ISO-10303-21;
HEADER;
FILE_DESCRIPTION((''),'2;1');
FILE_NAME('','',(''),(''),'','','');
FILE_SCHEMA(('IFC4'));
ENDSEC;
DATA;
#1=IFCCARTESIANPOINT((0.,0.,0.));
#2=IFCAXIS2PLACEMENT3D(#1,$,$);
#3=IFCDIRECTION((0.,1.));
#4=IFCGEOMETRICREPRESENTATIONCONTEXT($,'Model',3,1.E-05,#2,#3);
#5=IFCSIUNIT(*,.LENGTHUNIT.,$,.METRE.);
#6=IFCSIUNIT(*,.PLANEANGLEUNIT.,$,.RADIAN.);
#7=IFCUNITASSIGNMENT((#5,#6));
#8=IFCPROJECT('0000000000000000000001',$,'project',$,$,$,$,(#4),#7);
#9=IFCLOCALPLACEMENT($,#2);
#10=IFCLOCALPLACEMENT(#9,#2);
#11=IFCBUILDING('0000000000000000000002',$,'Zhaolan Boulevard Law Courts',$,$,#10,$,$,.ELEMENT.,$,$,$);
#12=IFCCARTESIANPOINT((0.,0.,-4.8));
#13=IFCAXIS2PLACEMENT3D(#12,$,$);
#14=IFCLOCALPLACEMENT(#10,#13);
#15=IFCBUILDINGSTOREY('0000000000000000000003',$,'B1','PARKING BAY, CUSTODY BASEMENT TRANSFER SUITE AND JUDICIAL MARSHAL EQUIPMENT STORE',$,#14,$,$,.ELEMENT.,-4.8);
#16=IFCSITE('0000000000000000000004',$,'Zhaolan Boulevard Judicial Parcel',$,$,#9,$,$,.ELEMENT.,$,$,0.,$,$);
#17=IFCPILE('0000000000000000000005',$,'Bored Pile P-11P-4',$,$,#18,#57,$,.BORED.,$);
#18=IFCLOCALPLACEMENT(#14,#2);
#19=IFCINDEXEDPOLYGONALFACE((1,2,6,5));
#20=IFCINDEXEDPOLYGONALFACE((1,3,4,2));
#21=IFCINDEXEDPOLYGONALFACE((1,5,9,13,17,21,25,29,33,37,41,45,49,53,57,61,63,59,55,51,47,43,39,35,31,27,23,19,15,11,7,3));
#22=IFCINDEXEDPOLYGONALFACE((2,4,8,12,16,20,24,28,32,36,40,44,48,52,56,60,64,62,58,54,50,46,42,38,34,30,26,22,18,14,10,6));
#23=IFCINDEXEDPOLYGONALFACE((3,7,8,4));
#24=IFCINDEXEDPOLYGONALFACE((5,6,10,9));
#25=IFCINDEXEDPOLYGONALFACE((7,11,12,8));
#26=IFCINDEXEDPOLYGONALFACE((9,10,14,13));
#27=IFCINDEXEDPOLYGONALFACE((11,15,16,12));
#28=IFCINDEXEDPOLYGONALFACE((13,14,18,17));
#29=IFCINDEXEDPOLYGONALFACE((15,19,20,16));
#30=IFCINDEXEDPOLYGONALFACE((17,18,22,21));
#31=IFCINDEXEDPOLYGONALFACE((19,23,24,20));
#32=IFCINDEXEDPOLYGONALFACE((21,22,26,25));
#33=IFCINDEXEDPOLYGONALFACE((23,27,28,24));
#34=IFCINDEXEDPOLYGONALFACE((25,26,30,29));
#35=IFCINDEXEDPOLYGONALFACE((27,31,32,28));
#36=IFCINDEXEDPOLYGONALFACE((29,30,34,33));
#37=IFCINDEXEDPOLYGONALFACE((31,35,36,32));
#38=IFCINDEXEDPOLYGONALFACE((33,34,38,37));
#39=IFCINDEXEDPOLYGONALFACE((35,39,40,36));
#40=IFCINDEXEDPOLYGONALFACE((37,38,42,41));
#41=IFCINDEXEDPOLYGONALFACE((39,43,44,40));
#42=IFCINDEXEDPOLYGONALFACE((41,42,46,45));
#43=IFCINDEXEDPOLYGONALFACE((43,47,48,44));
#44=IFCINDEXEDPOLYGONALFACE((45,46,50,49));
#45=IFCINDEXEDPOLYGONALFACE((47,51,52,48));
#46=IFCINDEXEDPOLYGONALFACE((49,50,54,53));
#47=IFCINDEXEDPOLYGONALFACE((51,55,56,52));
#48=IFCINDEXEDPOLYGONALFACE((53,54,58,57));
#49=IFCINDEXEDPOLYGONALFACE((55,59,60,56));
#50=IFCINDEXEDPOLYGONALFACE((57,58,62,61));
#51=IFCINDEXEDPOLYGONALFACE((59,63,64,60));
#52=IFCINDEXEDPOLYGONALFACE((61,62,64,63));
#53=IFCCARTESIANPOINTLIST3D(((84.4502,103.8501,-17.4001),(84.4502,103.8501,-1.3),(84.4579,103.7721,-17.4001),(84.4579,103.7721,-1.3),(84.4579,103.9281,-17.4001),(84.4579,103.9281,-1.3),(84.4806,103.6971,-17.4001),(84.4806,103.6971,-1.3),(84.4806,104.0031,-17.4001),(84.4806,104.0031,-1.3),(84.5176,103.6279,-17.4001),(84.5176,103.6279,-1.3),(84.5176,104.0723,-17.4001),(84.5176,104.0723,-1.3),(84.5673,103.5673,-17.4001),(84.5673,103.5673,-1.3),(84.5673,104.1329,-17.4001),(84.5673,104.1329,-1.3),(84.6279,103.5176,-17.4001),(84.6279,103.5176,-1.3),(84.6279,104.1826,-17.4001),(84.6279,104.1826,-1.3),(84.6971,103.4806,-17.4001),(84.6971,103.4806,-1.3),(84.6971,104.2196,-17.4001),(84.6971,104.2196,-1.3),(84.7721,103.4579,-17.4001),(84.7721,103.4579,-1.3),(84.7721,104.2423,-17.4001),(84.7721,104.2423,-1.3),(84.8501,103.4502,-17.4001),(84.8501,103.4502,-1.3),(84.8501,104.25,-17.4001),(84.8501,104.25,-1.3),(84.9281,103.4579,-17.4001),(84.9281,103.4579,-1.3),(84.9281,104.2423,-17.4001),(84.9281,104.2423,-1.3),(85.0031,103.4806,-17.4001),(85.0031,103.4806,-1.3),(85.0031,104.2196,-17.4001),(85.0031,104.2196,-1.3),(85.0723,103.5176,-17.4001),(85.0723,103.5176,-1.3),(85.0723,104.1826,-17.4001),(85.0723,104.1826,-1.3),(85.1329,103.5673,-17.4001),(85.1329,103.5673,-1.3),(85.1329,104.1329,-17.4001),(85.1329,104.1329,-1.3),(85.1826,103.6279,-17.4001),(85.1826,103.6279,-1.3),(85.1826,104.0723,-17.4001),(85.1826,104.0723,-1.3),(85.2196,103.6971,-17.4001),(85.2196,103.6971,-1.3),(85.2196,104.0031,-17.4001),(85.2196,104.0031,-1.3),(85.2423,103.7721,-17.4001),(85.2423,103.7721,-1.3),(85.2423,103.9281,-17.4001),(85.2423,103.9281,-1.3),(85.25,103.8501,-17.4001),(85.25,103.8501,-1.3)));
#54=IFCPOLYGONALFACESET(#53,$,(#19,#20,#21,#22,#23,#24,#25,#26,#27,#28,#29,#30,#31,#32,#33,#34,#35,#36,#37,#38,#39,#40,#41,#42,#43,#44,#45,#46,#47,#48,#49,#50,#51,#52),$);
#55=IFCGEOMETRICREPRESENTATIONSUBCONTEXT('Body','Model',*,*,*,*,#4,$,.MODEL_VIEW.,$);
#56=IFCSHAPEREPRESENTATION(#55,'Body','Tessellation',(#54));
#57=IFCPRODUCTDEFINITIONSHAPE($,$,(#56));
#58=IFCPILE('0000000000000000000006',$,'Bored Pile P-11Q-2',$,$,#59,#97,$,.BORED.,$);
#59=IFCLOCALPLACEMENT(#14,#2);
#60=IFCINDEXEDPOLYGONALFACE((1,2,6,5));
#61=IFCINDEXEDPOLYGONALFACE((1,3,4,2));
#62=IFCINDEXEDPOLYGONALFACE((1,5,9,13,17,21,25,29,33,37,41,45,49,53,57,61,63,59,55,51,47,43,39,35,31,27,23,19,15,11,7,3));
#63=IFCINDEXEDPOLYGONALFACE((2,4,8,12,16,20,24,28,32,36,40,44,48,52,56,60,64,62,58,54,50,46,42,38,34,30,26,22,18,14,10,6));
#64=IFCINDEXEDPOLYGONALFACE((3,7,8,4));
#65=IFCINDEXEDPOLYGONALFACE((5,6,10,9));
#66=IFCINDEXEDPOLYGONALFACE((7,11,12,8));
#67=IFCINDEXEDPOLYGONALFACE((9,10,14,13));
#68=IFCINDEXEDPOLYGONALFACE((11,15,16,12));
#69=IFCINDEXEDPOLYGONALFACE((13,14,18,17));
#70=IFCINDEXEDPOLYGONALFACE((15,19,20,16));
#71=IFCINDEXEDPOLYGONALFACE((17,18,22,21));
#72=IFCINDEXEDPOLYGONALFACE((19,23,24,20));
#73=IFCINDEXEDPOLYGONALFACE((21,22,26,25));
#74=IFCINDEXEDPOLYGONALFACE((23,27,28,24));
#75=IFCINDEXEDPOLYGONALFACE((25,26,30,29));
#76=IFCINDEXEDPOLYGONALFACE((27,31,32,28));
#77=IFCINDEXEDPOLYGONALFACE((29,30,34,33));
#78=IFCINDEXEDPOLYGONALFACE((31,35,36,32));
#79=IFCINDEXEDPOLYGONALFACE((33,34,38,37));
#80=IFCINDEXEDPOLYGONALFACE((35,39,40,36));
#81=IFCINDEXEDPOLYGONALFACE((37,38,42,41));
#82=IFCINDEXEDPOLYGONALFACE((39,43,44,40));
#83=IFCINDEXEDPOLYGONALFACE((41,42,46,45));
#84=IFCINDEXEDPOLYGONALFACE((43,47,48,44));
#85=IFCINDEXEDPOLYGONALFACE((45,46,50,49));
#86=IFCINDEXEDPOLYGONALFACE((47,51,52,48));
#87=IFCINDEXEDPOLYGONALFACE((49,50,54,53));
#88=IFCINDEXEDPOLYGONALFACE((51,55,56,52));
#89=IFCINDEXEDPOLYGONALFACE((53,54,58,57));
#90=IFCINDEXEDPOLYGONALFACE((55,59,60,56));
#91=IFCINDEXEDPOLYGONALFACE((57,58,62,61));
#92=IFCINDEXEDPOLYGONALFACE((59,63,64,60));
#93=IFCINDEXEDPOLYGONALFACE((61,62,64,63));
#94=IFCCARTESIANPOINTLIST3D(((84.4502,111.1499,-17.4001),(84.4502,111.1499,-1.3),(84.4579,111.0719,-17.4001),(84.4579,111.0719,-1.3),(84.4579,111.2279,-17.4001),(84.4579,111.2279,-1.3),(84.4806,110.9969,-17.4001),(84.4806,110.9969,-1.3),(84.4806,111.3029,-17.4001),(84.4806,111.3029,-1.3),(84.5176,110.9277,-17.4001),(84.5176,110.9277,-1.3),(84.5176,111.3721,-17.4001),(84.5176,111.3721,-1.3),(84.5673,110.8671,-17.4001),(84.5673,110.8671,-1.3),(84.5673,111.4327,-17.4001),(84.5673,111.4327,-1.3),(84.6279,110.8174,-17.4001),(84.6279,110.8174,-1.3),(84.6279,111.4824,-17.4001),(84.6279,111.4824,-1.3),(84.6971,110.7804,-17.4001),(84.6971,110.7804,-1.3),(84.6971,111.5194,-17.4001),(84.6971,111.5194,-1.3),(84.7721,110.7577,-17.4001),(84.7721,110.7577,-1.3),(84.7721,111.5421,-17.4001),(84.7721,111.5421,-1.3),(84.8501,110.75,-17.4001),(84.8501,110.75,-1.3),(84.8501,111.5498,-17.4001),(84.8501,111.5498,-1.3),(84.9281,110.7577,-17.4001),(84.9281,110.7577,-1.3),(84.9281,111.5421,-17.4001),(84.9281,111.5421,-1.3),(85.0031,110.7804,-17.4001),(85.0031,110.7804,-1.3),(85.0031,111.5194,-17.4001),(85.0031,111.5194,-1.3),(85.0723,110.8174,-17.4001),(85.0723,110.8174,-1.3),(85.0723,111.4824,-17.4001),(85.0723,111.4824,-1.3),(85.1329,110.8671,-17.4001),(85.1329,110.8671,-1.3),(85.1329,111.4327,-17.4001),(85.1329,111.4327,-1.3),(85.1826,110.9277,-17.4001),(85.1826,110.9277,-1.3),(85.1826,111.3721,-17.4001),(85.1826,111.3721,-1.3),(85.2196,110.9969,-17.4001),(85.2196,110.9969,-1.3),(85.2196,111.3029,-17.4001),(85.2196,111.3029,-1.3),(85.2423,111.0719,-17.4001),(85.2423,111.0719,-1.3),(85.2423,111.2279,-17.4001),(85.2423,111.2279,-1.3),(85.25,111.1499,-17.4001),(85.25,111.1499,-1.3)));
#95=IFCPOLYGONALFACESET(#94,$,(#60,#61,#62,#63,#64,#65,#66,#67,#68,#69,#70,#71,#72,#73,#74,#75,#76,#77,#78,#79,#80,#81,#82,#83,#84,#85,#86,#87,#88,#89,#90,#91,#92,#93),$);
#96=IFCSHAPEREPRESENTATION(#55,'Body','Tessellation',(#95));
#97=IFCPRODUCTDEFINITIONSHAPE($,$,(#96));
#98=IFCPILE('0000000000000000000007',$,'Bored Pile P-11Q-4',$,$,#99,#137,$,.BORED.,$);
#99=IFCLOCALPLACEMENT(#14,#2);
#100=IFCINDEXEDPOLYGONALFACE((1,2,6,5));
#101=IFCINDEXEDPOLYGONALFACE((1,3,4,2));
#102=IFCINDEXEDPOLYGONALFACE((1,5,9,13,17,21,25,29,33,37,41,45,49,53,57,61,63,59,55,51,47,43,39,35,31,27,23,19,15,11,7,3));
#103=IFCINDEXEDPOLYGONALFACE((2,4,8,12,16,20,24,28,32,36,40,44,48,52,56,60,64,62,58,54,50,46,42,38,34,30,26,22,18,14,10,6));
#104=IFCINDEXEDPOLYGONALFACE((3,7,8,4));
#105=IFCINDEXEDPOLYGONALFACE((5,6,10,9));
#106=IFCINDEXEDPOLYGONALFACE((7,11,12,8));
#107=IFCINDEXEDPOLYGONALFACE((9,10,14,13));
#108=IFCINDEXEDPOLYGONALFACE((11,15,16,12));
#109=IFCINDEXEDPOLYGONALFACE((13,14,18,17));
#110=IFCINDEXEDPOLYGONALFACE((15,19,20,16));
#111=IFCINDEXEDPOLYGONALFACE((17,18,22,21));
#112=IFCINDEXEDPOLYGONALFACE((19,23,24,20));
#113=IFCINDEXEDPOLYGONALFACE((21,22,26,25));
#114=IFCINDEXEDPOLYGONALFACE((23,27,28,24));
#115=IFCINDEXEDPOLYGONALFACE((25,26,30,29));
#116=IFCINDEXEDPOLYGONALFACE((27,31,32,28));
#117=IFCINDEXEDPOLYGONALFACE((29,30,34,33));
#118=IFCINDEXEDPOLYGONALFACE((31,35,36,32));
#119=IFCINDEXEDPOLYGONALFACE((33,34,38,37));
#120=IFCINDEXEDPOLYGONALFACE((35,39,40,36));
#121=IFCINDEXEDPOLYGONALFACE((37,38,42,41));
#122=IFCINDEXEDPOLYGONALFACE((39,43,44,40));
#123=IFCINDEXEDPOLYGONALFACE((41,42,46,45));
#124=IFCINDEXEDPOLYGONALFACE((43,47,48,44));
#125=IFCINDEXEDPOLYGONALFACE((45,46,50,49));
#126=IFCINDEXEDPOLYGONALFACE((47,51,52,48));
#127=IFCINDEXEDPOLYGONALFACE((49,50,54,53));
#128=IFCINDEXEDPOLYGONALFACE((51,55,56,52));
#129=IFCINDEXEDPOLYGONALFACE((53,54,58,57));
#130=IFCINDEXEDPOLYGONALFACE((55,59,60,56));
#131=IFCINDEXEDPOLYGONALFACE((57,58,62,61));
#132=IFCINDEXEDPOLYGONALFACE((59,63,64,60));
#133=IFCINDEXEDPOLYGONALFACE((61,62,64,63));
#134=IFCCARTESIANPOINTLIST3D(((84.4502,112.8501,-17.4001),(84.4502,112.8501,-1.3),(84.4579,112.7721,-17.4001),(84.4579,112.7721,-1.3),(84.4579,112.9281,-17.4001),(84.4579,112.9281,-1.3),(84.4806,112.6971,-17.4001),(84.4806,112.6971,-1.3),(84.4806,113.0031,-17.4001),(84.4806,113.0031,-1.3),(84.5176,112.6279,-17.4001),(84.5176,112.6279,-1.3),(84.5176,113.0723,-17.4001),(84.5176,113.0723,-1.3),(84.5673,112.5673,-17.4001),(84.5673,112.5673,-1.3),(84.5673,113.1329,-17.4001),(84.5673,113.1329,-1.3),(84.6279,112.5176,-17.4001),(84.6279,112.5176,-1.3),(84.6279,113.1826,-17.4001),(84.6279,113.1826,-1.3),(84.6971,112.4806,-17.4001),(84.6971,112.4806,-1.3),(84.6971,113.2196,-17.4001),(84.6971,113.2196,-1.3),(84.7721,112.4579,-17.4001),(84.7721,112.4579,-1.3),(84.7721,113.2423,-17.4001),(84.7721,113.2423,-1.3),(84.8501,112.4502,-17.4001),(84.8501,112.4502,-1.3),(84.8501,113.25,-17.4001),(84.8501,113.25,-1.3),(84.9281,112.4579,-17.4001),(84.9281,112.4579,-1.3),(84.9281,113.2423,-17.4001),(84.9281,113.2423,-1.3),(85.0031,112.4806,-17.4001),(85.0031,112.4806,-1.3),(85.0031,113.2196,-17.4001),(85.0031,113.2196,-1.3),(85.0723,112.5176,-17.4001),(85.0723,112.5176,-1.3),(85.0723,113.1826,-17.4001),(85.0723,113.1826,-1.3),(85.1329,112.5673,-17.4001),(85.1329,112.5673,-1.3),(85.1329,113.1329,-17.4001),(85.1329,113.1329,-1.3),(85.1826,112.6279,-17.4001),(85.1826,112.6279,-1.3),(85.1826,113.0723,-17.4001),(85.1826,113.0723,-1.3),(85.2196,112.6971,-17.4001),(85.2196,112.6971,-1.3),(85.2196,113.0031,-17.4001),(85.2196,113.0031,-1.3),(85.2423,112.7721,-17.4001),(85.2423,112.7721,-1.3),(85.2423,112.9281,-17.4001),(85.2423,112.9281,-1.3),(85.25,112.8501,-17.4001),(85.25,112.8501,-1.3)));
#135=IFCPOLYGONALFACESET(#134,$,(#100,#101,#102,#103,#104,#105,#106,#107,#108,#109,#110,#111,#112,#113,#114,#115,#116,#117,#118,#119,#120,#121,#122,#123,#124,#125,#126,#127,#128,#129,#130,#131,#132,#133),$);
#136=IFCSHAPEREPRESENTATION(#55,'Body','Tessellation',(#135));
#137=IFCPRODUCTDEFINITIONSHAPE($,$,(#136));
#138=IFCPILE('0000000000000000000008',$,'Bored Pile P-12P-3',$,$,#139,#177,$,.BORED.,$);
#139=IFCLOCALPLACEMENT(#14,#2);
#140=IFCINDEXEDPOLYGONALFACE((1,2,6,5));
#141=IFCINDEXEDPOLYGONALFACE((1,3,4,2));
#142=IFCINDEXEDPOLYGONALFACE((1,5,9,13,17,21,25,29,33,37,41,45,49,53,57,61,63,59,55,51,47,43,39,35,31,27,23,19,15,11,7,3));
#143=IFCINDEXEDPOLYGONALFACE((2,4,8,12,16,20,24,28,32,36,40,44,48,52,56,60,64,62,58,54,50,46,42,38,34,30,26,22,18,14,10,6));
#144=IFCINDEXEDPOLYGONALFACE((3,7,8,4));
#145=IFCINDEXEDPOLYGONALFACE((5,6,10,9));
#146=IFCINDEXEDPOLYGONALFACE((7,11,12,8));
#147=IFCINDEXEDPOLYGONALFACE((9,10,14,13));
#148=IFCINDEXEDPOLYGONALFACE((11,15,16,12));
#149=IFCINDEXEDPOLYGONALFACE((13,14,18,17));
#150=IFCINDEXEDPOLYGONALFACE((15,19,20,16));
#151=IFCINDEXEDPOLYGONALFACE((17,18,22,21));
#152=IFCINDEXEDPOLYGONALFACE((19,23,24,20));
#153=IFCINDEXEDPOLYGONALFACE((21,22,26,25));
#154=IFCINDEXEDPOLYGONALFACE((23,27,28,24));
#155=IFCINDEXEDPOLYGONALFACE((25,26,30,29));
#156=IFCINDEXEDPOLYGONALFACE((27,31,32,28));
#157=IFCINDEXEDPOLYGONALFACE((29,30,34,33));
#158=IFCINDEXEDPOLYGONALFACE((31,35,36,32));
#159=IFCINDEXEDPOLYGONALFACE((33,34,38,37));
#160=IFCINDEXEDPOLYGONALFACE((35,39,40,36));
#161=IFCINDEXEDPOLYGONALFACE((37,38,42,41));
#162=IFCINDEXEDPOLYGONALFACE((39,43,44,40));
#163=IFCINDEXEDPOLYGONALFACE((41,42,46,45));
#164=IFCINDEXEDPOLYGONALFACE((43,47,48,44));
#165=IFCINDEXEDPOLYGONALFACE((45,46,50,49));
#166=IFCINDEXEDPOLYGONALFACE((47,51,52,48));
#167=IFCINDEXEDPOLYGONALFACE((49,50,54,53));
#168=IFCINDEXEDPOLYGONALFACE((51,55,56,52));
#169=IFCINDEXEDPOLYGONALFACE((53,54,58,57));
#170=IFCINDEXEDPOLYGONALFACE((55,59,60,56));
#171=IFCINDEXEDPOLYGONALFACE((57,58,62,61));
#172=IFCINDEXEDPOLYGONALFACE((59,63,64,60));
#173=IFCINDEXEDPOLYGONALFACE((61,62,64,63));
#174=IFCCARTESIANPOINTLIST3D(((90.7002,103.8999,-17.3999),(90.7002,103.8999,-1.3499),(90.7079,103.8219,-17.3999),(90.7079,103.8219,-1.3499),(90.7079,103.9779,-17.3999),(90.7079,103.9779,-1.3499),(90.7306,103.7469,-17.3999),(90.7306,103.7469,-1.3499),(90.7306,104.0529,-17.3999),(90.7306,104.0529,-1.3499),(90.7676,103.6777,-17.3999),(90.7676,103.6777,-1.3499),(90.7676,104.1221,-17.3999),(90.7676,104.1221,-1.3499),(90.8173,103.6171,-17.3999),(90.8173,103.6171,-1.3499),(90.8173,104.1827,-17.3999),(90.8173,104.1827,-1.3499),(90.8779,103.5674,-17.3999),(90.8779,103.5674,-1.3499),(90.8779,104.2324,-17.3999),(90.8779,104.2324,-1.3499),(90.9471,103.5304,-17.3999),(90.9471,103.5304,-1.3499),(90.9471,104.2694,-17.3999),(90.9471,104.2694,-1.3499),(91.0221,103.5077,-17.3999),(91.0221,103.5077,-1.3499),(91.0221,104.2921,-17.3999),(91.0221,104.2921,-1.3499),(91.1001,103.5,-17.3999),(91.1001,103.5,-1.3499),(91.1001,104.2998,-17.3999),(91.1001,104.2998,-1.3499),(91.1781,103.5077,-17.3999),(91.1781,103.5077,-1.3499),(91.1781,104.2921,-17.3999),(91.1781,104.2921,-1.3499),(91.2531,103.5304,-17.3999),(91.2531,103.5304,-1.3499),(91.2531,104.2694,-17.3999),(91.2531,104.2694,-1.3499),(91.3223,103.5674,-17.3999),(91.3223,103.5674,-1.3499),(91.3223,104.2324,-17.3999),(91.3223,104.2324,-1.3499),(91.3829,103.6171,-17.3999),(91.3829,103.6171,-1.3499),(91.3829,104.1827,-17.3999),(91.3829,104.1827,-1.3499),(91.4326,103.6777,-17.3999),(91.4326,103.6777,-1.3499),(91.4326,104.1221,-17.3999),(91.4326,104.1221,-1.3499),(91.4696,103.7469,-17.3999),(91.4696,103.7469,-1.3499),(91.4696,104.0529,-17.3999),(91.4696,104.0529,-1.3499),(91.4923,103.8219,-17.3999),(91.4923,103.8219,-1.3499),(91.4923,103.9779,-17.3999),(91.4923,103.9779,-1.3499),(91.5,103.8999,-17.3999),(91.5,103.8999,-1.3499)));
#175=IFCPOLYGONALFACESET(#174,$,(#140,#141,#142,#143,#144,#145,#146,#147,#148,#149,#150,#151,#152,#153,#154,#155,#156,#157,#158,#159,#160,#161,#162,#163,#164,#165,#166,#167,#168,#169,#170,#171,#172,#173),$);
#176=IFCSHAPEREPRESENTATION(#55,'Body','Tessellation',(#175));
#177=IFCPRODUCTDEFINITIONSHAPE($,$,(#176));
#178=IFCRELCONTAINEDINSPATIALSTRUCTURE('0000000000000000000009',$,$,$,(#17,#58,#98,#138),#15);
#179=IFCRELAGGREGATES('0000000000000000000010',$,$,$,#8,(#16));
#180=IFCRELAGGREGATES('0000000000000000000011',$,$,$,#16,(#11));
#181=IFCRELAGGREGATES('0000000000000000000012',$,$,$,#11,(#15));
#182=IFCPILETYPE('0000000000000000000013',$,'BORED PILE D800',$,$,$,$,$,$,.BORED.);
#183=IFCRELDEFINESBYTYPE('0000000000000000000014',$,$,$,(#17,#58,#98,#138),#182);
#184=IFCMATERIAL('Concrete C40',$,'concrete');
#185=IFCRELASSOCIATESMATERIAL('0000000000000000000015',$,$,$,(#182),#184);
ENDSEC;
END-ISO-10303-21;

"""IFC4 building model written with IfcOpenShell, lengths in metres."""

from ifc_helpers import new_model, si_unit, direction, frame, origin, origin_2d, place, context, subcontext, project, spatial, circle, extrude, material, material_profile, profile_set, type_object, element, save


model = new_model("IFC4")

# Units and contexts
model_context = context("Model", 3, precision=1e-05, world=origin(), true_north=direction((0.0, 1.0)))
body_context = subcontext(model_context, "Body", "Model", "MODEL_VIEW")
ifc_project = project(units=[si_unit("LENGTHUNIT", "METRE"), si_unit("PLANEANGLEUNIT", "RADIAN")], contexts=[model_context])

# Site, building, storey
site_placement = place(None, origin())
site = spatial("IfcSite", under=ifc_project, at=site_placement, Name="Zhaolan Boulevard Judicial Parcel", CompositionType="ELEMENT", RefElevation=0.0)
building_placement = place(site_placement, origin())
building = spatial("IfcBuilding", under=site, at=building_placement, Name="Zhaolan Boulevard Law Courts", CompositionType="ELEMENT")
storey_placement = place(building_placement, frame((0.0, 0.0, -4.8)))
storey = spatial("IfcBuildingStorey", under=building, at=storey_placement, Name="B1", Description="PARKING BAY, CUSTODY BASEMENT TRANSFER SUITE AND JUDICIAL MARSHAL EQUIPMENT STORE", CompositionType="ELEMENT", Elevation=-4.8)

# Piles
ifc_material_1 = material(Name="Concrete C40", Category="concrete")
ifc_material_profile_1 = material_profile(ifc_material_1, circle(Radius=0.3999, at=origin_2d()), Name="PILE-D800")
ifc_profile_set_1 = profile_set([ifc_material_profile_1], Name="Concrete C40")
pile_type = type_object("IfcPileType", Name="BORED PILE D800", PredefinedType="BORED", material=ifc_profile_set_1)
for number, where, z_axis, x_axis, name in (
    (1, (84.8501, 103.8501, -1.3), (0.0, 0.0, -1.0), (1.0, 0.0, 0.0), "Bored Pile P-11P-4"),
    (2, (84.8501, 111.1499, -1.3), (0.0, 0.0, -1.0), (1.0, 0.0, 0.0), "Bored Pile P-11Q-2"),
    (3, (84.8501, 112.8501, -1.3), (0.0, 0.0, -1.0), (1.0, 0.0, 0.0), "Bored Pile P-11Q-4"),
):
    element("IfcPile", number, at=place(storey_placement, frame(where, z_axis=z_axis, x_axis=x_axis)), inside=storey, type_object=pile_type, Name=name, PredefinedType="BORED", context=body_context, shape_type="SweptSolid", body=[
        extrude(circle(Radius=0.3999, at=origin_2d()), origin(), (0.0, 0.0, 1.0), 16.1001),
    ])
for number, where, z_axis, x_axis, name in (
    (4, (91.1001, 103.8999, -1.3499), (0.0, 0.0, -1.0), (1.0, 0.0, 0.0), "Bored Pile P-12P-3"),
):
    element("IfcPile", number, at=place(storey_placement, frame(where, z_axis=z_axis, x_axis=x_axis)), inside=storey, type_object=pile_type, Name=name, PredefinedType="BORED", context=body_context, shape_type="SweptSolid", body=[
        extrude(circle(Radius=0.3999, at=origin_2d()), origin(), (0.0, 0.0, 1.0), 16.05),
    ])

save(model, "model.ifc")
